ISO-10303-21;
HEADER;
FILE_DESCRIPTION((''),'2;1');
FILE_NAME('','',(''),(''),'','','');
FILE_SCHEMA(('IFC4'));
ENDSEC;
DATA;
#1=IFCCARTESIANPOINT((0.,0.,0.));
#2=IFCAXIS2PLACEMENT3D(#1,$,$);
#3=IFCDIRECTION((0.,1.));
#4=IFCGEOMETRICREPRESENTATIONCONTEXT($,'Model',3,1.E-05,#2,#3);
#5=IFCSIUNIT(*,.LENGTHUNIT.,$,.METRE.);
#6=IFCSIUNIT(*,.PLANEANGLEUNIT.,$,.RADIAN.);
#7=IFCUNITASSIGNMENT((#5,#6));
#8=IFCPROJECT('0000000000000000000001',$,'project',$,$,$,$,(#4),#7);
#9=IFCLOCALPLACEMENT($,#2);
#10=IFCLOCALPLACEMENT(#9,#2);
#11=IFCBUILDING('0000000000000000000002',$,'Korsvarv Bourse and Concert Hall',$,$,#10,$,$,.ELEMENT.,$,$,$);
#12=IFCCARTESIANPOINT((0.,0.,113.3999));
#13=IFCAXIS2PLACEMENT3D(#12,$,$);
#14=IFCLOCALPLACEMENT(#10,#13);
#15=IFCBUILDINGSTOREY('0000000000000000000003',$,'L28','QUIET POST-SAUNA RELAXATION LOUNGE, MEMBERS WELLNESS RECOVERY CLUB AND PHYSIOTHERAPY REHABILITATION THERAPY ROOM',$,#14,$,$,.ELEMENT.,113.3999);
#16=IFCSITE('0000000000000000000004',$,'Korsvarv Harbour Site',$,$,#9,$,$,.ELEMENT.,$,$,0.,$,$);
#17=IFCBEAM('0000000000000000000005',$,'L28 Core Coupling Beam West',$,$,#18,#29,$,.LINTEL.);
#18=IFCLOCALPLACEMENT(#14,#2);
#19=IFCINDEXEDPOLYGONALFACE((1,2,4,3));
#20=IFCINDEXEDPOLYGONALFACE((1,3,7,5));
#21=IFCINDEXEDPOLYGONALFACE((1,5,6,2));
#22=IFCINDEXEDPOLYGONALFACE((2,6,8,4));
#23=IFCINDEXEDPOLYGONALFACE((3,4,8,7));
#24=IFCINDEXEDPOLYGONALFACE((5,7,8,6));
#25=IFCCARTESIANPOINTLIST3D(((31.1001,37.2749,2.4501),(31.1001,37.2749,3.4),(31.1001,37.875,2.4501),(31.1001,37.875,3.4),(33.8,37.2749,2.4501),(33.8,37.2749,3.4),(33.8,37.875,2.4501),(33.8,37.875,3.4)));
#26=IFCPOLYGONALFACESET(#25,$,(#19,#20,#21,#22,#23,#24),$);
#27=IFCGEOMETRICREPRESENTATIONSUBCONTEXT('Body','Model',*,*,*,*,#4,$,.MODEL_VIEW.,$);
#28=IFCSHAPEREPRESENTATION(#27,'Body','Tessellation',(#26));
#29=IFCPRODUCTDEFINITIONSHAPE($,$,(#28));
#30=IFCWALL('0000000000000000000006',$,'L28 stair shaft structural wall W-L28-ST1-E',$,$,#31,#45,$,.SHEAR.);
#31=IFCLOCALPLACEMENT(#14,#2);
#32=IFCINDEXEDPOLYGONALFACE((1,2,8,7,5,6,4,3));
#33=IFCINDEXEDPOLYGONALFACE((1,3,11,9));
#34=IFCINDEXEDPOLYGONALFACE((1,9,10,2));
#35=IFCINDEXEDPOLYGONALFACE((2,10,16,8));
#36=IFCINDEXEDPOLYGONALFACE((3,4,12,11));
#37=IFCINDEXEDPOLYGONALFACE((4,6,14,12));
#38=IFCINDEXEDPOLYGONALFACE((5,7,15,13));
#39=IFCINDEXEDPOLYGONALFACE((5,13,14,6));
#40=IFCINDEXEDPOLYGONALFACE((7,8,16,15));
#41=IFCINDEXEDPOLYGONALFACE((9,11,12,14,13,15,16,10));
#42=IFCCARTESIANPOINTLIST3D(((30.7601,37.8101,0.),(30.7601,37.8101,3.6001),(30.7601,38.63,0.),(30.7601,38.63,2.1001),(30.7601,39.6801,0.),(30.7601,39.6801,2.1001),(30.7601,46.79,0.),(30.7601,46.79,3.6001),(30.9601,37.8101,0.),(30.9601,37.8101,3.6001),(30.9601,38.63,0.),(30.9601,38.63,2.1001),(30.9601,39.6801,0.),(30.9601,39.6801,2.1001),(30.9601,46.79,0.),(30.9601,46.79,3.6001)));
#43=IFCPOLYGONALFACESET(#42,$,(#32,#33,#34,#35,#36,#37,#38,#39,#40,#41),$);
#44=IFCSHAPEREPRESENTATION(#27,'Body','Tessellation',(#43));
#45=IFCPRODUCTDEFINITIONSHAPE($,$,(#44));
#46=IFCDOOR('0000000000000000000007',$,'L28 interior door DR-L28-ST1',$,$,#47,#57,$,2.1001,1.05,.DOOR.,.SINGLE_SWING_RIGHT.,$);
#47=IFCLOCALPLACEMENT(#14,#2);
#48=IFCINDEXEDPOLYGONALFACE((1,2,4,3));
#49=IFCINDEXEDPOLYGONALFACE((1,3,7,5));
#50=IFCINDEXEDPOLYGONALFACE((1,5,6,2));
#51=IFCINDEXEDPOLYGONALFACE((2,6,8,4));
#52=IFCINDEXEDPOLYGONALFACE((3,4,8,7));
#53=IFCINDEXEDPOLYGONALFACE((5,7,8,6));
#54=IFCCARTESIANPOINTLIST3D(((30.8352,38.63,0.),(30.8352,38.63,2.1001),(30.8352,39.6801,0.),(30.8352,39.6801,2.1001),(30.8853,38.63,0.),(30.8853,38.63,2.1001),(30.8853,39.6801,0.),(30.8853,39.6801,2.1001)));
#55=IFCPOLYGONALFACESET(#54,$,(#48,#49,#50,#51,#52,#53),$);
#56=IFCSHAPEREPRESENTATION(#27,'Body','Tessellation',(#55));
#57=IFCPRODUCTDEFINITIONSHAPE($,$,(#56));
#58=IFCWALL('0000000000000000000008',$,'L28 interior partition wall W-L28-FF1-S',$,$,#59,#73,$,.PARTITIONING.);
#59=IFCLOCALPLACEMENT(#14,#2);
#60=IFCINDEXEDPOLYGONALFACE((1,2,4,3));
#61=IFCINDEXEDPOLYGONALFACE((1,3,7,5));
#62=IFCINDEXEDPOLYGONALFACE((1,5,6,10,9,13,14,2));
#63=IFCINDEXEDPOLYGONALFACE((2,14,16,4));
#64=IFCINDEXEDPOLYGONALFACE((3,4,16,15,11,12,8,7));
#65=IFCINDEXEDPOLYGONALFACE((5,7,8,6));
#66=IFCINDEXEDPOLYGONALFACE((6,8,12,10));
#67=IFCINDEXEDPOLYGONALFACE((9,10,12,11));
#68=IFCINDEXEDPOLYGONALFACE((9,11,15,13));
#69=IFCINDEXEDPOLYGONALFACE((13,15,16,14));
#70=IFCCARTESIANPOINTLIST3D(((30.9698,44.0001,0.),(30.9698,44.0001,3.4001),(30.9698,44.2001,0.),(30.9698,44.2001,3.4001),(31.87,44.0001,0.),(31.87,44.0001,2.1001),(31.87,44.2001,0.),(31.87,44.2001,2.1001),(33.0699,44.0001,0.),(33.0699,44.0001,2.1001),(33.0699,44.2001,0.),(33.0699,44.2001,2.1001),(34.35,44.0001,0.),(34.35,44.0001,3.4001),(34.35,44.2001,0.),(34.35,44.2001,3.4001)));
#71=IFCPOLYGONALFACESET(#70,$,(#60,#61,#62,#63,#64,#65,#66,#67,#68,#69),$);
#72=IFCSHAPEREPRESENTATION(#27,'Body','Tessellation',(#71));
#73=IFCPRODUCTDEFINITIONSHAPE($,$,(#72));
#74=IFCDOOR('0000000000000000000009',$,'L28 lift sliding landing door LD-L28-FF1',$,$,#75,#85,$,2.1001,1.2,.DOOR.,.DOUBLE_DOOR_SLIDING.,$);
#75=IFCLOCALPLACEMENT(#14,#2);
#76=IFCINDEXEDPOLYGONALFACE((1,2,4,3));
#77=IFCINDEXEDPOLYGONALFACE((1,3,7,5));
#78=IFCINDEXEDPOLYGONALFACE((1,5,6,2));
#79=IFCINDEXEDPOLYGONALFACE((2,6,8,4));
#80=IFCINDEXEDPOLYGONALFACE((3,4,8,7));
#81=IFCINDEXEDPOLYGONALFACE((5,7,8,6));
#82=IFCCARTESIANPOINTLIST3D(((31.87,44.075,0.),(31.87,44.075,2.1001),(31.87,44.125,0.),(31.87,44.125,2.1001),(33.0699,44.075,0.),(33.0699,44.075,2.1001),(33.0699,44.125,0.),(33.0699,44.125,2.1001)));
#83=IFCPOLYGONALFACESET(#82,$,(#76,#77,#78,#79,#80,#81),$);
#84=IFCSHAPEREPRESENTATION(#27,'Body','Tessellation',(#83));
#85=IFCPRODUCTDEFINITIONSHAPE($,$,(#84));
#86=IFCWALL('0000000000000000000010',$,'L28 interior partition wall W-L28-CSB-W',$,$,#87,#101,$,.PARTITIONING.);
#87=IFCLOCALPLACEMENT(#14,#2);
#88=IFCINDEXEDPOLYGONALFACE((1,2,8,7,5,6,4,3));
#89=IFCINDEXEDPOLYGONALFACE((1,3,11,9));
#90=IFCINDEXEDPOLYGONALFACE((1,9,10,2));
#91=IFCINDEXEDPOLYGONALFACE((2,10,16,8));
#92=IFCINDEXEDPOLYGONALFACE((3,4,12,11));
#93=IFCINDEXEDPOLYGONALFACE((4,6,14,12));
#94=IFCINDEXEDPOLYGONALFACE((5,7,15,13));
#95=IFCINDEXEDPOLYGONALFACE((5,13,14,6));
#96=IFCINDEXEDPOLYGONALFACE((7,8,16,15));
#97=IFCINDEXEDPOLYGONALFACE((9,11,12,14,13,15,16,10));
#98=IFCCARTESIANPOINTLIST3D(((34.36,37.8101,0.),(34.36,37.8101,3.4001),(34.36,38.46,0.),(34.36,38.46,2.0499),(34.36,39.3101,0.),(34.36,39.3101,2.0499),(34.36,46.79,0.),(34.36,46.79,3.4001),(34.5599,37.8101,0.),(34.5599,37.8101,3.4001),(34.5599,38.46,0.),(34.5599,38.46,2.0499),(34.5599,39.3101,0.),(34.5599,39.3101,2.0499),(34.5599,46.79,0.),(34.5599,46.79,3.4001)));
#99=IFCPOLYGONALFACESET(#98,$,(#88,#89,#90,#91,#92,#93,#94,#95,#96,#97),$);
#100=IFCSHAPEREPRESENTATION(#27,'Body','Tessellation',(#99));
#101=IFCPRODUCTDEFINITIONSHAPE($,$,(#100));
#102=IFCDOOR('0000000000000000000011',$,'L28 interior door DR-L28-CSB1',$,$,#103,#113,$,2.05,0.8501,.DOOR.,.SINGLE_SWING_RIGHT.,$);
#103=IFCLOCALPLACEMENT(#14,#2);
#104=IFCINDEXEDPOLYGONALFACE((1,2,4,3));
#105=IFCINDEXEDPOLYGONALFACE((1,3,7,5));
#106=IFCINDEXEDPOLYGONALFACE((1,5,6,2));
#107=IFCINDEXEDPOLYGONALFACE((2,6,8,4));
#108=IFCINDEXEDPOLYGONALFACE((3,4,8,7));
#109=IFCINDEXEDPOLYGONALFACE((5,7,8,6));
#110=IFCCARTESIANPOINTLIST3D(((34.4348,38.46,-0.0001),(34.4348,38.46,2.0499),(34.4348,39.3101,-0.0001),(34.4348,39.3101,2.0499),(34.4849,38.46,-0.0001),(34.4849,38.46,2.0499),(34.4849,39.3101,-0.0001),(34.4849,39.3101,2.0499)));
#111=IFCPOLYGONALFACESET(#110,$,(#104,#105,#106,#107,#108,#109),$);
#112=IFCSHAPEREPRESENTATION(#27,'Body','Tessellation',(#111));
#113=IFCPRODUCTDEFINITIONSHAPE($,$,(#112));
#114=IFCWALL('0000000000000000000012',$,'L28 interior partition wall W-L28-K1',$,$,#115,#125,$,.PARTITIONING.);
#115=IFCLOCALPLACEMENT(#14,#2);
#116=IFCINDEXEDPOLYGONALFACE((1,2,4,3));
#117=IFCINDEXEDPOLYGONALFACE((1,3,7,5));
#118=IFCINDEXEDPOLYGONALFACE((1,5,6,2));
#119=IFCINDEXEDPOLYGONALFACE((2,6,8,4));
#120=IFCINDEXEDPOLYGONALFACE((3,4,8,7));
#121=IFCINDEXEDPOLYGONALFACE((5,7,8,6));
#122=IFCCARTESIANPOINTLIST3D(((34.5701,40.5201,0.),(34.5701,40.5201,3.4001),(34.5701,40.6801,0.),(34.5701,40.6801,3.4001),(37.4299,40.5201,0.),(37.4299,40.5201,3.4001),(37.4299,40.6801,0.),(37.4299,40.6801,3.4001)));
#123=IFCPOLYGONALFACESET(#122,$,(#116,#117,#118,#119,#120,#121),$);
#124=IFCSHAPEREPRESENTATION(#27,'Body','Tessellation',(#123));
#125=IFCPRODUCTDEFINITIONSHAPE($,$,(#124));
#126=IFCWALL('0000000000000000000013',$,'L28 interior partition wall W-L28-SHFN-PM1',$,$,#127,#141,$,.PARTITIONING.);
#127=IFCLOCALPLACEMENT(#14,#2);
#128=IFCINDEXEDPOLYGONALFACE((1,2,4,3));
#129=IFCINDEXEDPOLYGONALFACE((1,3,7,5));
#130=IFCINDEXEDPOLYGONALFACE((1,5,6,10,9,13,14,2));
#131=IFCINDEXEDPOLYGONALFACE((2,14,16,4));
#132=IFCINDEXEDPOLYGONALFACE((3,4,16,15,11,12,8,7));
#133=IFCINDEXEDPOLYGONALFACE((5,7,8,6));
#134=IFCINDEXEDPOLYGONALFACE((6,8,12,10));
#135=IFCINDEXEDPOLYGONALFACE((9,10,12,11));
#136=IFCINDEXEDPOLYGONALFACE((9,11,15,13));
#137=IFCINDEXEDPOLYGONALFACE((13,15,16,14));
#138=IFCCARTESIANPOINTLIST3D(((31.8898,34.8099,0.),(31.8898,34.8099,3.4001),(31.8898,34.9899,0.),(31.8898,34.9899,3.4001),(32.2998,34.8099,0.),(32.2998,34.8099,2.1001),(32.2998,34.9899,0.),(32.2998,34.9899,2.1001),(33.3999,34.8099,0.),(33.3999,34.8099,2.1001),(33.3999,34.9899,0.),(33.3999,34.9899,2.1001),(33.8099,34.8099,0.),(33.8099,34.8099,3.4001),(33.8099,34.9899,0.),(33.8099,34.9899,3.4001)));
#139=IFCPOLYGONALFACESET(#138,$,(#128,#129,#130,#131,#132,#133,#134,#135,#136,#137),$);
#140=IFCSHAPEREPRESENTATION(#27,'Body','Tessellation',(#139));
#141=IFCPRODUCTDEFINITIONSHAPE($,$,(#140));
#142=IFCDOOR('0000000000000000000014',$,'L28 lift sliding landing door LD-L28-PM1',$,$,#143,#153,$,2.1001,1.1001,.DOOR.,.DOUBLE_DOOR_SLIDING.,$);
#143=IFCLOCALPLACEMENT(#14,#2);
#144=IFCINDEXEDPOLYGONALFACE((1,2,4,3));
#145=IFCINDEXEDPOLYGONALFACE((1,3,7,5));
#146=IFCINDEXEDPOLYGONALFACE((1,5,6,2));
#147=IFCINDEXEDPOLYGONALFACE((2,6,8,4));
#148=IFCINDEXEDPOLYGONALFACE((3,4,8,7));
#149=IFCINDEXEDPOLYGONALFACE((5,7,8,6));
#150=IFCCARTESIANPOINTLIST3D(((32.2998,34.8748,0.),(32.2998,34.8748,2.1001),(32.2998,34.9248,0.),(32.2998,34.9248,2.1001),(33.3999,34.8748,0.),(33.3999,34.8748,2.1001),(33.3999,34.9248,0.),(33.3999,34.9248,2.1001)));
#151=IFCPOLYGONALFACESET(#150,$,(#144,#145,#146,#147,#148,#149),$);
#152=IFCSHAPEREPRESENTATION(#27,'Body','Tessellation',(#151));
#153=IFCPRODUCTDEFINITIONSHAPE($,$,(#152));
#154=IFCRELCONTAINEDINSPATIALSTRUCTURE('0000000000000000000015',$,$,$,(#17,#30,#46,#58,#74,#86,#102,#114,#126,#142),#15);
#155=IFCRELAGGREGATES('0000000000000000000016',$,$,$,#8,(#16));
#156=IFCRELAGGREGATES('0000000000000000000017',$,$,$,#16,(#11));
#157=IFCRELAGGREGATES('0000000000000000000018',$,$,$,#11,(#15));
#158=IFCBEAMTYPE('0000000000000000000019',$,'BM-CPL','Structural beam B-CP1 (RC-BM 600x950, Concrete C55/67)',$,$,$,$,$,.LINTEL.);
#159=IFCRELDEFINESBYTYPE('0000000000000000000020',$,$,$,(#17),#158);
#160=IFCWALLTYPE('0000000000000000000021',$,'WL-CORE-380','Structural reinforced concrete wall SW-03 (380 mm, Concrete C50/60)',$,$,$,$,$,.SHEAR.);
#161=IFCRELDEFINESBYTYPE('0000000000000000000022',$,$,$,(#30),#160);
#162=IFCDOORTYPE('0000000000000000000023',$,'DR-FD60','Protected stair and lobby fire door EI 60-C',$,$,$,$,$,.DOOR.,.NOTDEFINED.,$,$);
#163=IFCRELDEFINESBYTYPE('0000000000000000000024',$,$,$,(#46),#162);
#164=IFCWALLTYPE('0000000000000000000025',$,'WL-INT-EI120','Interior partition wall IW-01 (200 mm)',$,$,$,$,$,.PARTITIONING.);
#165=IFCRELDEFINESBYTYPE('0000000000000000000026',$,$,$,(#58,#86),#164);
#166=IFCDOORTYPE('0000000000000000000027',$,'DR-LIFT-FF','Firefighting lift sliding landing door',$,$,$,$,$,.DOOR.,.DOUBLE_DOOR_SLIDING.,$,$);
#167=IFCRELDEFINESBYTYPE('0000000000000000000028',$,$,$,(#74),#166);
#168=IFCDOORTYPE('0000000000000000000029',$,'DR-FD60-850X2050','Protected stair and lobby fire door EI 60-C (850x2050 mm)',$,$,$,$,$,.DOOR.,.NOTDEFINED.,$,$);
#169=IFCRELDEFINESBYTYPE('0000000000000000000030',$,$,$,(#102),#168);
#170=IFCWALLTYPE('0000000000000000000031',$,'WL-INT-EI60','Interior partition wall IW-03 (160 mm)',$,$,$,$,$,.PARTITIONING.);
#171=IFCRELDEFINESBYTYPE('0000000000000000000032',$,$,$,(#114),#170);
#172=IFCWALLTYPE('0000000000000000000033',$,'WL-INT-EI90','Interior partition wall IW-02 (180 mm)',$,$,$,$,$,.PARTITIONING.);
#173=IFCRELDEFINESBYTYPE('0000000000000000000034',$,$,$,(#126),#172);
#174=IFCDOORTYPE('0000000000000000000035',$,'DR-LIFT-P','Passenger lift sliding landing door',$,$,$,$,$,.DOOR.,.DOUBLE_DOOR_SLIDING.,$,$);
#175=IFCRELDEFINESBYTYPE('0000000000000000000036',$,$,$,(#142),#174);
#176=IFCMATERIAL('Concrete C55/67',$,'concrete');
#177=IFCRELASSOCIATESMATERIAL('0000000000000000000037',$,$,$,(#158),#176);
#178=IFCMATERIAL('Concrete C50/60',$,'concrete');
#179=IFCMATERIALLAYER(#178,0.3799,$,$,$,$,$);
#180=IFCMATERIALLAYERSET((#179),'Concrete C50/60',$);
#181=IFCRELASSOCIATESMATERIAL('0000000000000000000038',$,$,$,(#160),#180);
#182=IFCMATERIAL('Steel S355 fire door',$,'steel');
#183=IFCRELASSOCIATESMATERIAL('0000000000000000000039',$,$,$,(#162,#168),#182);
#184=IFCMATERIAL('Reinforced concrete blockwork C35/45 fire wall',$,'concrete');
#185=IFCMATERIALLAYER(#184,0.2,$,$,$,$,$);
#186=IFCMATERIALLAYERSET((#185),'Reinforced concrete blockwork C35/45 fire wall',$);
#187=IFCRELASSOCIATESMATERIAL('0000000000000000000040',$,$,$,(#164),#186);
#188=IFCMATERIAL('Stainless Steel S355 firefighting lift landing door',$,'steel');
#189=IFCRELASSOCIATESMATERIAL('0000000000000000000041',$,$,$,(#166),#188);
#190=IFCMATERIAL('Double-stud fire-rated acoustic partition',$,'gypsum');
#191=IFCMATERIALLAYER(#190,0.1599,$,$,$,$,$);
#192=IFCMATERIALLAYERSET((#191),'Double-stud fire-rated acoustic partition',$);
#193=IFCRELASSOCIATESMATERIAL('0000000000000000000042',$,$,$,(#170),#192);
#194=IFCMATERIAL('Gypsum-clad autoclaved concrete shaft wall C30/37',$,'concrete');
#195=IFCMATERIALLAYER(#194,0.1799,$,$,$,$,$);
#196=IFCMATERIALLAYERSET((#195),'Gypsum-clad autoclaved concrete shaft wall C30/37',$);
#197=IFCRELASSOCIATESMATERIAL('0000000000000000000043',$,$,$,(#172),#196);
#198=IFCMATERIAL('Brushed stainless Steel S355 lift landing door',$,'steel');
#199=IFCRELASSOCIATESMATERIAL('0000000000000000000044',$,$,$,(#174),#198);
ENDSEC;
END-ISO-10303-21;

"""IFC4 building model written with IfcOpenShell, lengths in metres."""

from ifc_helpers import new_model, si_unit, direction, frame, frame_2d, origin, origin_2d, place, context, subcontext, project, spatial, rectangle, extrude, source, transform, mapped, material, layer, layer_set, material_profile, profile_set, type_object, element, fill, save


model = new_model("IFC4")

# Units and contexts
model_context = context("Model", 3, precision=1e-05, world=origin(), true_north=direction((0.0, 1.0)))
body_context = subcontext(model_context, "Body", "Model", "MODEL_VIEW")
ifc_project = project(units=[si_unit("LENGTHUNIT", "METRE"), si_unit("PLANEANGLEUNIT", "RADIAN")], contexts=[model_context])

# Site, building, storey
site_placement = place(None, origin())
site = spatial("IfcSite", under=ifc_project, at=site_placement, Name="Korsvarv Harbour Site", CompositionType="ELEMENT", RefElevation=0.0)
building_placement = place(site_placement, origin())
building = spatial("IfcBuilding", under=site, at=building_placement, Name="Korsvarv Bourse and Concert Hall", CompositionType="ELEMENT")
storey_placement = place(building_placement, frame((0.0, 0.0, 113.3999)))
storey = spatial("IfcBuildingStorey", under=building, at=storey_placement, Name="L28", Description="QUIET POST-SAUNA RELAXATION LOUNGE, MEMBERS WELLNESS RECOVERY CLUB AND PHYSIOTHERAPY REHABILITATION THERAPY ROOM", CompositionType="ELEMENT", Elevation=113.3999)

# Beam
ifc_material_1 = material(Name="Concrete C55/67", Category="concrete")
ifc_material_profile = material_profile(ifc_material_1, rectangle(XDim=0.6001, YDim=0.95, at=origin_2d()), Name="RC-BM 600x950")
ifc_profile_set = profile_set([ifc_material_profile], Name="Concrete C55/67")
beam_type = type_object("IfcBeamType", Name="BM-CPL", Description="Structural beam B-CP1 (RC-BM 600x950, Concrete C55/67)", PredefinedType="LINTEL", material=ifc_profile_set)
shared_shape = source(origin(), body_context, "Body", "SweptSolid", [
    extrude(rectangle(XDim=0.6001, YDim=0.95, at=origin_2d()), origin(), (0.0, 0.0, 1.0), 2.7),
])
beam_placement = place(storey_placement, frame((31.1001, 37.575, 2.925), z_axis=(1.0, 0.0, 0.0), x_axis=(0.0, 1.0, 0.0)))
element("IfcBeam", 1, at=beam_placement, inside=storey, type_object=beam_type, Name="L28 Core Coupling Beam West", PredefinedType="LINTEL", context=body_context, shape_type="MappedRepresentation", body=[
    mapped(shared_shape, transform((0.0, 0.0, 0.0), scale=1.0)),
])

# Walls, openings, doors
ifc_material_2 = material(Name="Concrete C50/60", Category="concrete")
ifc_layer_1 = layer(ifc_material_2, 0.3799)
ifc_layer_set_1 = layer_set([ifc_layer_1], Name="Concrete C50/60")
wall_type_1 = type_object("IfcWallType", Name="WL-CORE-380", Description="Structural reinforced concrete wall SW-03 (380 mm, Concrete C50/60)", PredefinedType="SHEAR", material=ifc_layer_set_1)
wall_1_placement = place(storey_placement, frame((30.8601, 37.8101, 0.0), z_axis=(0.0, 0.0, 1.0), x_axis=(0.0, 1.0, 0.0)))
wall_1 = element("IfcWall", 2, at=wall_1_placement, inside=storey, type_object=wall_type_1, Name="L28 stair shaft structural wall W-L28-ST1-E", PredefinedType="SHEAR", context=body_context, shape_type="SweptSolid", body=[
    extrude(rectangle(XDim=8.98, YDim=0.2, at=frame_2d((4.49, 0.0))), origin(), (0.0, 0.0, 1.0), 3.6001),
])
opening_1_placement = place(wall_1_placement, frame((0.8201, 0.0, 0.0)))
opening_1 = element("IfcOpeningElement", 3, at=opening_1_placement, cuts=wall_1, PredefinedType="OPENING", context=body_context, shape_type="SweptSolid", body=[
    extrude(rectangle(XDim=1.05, YDim=2.1001, at=frame_2d((0.5249, 1.05))), frame((0.0, 0.1099, 0.0), z_axis=(0.0, -1.0, 0.0), x_axis=(1.0, 0.0, 0.0)), (0.0, 0.0, 1.0), 0.22),
])
ifc_material_3 = material(Name="Steel S355 fire door", Category="steel")
door_type_1 = type_object("IfcDoorType", Name="DR-FD60", Description="Protected stair and lobby fire door EI 60-C", OperationType="NOTDEFINED", PredefinedType="DOOR", material=ifc_material_3)
door_1_placement = place(opening_1_placement, origin())
door_1 = element("IfcDoor", 4, at=door_1_placement, inside=storey, type_object=door_type_1, Name="L28 interior door DR-L28-ST1", OperationType="SINGLE_SWING_RIGHT", OverallHeight=2.1001, OverallWidth=1.05, PredefinedType="DOOR", context=body_context, shape_type="SweptSolid", body=[
    extrude(rectangle(XDim=1.05, YDim=2.1001, at=frame_2d((0.5249, 1.05))), frame((0.0, 0.0249, 0.0), z_axis=(0.0, -1.0, 0.0), x_axis=(1.0, 0.0, 0.0)), (0.0, 0.0, 1.0), 0.05),
])
fill(opening_1, door_1)
ifc_material_4 = material(Name="Reinforced concrete blockwork C35/45 fire wall", Category="concrete")
ifc_layer_2 = layer(ifc_material_4, 0.2)
ifc_layer_set_2 = layer_set([ifc_layer_2], Name="Reinforced concrete blockwork C35/45 fire wall")
wall_type_2 = type_object("IfcWallType", Name="WL-INT-EI120", Description="Interior partition wall IW-01 (200 mm)", PredefinedType="PARTITIONING", material=ifc_layer_set_2)
wall_2_placement = place(storey_placement, frame((30.97, 44.1001, 0.0), z_axis=(0.0, 0.0, 1.0), x_axis=(1.0, 0.0, 0.0)))
wall_2 = element("IfcWall", 5, at=wall_2_placement, inside=storey, type_object=wall_type_2, Name="L28 interior partition wall W-L28-FF1-S", PredefinedType="PARTITIONING", context=body_context, shape_type="SweptSolid", body=[
    extrude(rectangle(XDim=3.3801, YDim=0.2, at=frame_2d((1.6899, 0.0))), origin(), (0.0, 0.0, 1.0), 3.4001),
])
opening_2_placement = place(wall_2_placement, frame((0.8999, 0.0, 0.0)))
opening_2 = element("IfcOpeningElement", 6, at=opening_2_placement, cuts=wall_2, PredefinedType="OPENING", context=body_context, shape_type="SweptSolid", body=[
    extrude(rectangle(XDim=1.2, YDim=2.1001, at=frame_2d((0.6001, 1.05))), frame((0.0, 0.1099, 0.0), z_axis=(0.0, -1.0, 0.0), x_axis=(1.0, 0.0, 0.0)), (0.0, 0.0, 1.0), 0.22),
])
ifc_material_5 = material(Name="Stainless Steel S355 firefighting lift landing door", Category="steel")
door_type_2 = type_object("IfcDoorType", Name="DR-LIFT-FF", Description="Firefighting lift sliding landing door", OperationType="DOUBLE_DOOR_SLIDING", PredefinedType="DOOR", material=ifc_material_5)
door_2_placement = place(opening_2_placement, origin())
door_2 = element("IfcDoor", 7, at=door_2_placement, inside=storey, type_object=door_type_2, Name="L28 lift sliding landing door LD-L28-FF1", OperationType="DOUBLE_DOOR_SLIDING", OverallHeight=2.1001, OverallWidth=1.2, PredefinedType="DOOR", context=body_context, shape_type="SweptSolid", body=[
    extrude(rectangle(XDim=1.2, YDim=2.1001, at=frame_2d((0.6001, 1.05))), frame((0.0, 0.0249, 0.0), z_axis=(0.0, -1.0, 0.0), x_axis=(1.0, 0.0, 0.0)), (0.0, 0.0, 1.0), 0.05),
])
fill(opening_2, door_2)
wall_3_placement = place(storey_placement, frame((34.46, 37.8101, 0.0), z_axis=(0.0, 0.0, 1.0), x_axis=(0.0, 1.0, 0.0)))
wall_3 = element("IfcWall", 8, at=wall_3_placement, inside=storey, type_object=wall_type_2, Name="L28 interior partition wall W-L28-CSB-W", PredefinedType="PARTITIONING", context=body_context, shape_type="SweptSolid", body=[
    extrude(rectangle(XDim=8.98, YDim=0.2, at=frame_2d((4.49, 0.0))), origin(), (0.0, 0.0, 1.0), 3.4001),
])
opening_3_placement = place(wall_3_placement, frame((0.6499, 0.0, 0.0)))
opening_3 = element("IfcOpeningElement", 9, at=opening_3_placement, cuts=wall_3, PredefinedType="OPENING", context=body_context, shape_type="SweptSolid", body=[
    extrude(rectangle(XDim=0.8501, YDim=2.05, at=frame_2d((0.425, 1.0249))), frame((0.0, 0.1099, 0.0), z_axis=(0.0, -1.0, 0.0), x_axis=(1.0, 0.0, 0.0)), (0.0, 0.0, 1.0), 0.22),
])
door_type_3 = type_object("IfcDoorType", Name="DR-FD60-850X2050", Description="Protected stair and lobby fire door EI 60-C (850x2050 mm)", OperationType="NOTDEFINED", PredefinedType="DOOR", material=ifc_material_3)
door_3_placement = place(opening_3_placement, frame((0.8501, 0.0, 0.0), z_axis=(0.0, 0.0, 1.0), x_axis=(-1.0, 0.0, 0.0)))
door_3 = element("IfcDoor", 10, at=door_3_placement, inside=storey, type_object=door_type_3, Name="L28 interior door DR-L28-CSB1", OperationType="SINGLE_SWING_RIGHT", OverallHeight=2.05, OverallWidth=0.8501, PredefinedType="DOOR", context=body_context, shape_type="SweptSolid", body=[
    extrude(rectangle(XDim=0.8501, YDim=2.05, at=frame_2d((0.425, 1.0249))), frame((0.0, 0.0249, 0.0), z_axis=(0.0, -1.0, 0.0), x_axis=(1.0, 0.0, 0.0)), (0.0, 0.0, 1.0), 0.05),
])
fill(opening_3, door_3)

# Wall
ifc_material_6 = material(Name="Double-stud fire-rated acoustic partition", Category="gypsum")
ifc_layer_3 = layer(ifc_material_6, 0.1599)
ifc_layer_set_3 = layer_set([ifc_layer_3], Name="Double-stud fire-rated acoustic partition")
wall_type_3 = type_object("IfcWallType", Name="WL-INT-EI60", Description="Interior partition wall IW-03 (160 mm)", PredefinedType="PARTITIONING", material=ifc_layer_set_3)
wall_4_placement = place(storey_placement, frame((34.5701, 40.6001, 0.0), z_axis=(0.0, 0.0, 1.0), x_axis=(1.0, 0.0, 0.0)))
element("IfcWall", 11, at=wall_4_placement, inside=storey, type_object=wall_type_3, Name="L28 interior partition wall W-L28-K1", PredefinedType="PARTITIONING", context=body_context, shape_type="SweptSolid", body=[
    extrude(rectangle(XDim=2.8599, YDim=0.1599, at=frame_2d((1.4299, 0.0))), origin(), (0.0, 0.0, 1.0), 3.4001),
])

# Wall, opening, door
ifc_material_7 = material(Name="Gypsum-clad autoclaved concrete shaft wall C30/37", Category="concrete")
ifc_layer_4 = layer(ifc_material_7, 0.1799)
ifc_layer_set_4 = layer_set([ifc_layer_4], Name="Gypsum-clad autoclaved concrete shaft wall C30/37")
wall_type_4 = type_object("IfcWallType", Name="WL-INT-EI90", Description="Interior partition wall IW-02 (180 mm)", PredefinedType="PARTITIONING", material=ifc_layer_set_4)
wall_5_placement = place(storey_placement, frame((31.8899, 34.8999, 0.0), z_axis=(0.0, 0.0, 1.0), x_axis=(1.0, 0.0, 0.0)))
wall_5 = element("IfcWall", 12, at=wall_5_placement, inside=storey, type_object=wall_type_4, Name="L28 interior partition wall W-L28-SHFN-PM1", PredefinedType="PARTITIONING", context=body_context, shape_type="SweptSolid", body=[
    extrude(rectangle(XDim=1.9202, YDim=0.1799, at=frame_2d((0.96, 0.0))), origin(), (0.0, 0.0, 1.0), 3.4001),
])
opening_4_placement = place(wall_5_placement, frame((0.4099, 0.0, 0.0)))
opening_4 = element("IfcOpeningElement", 13, at=opening_4_placement, cuts=wall_5, PredefinedType="OPENING", context=body_context, shape_type="SweptSolid", body=[
    extrude(rectangle(XDim=1.1001, YDim=2.1001, at=frame_2d((0.55, 1.05))), frame((0.0, 0.1001, 0.0), z_axis=(0.0, -1.0, 0.0), x_axis=(1.0, 0.0, 0.0)), (0.0, 0.0, 1.0), 0.2),
])
ifc_material_8 = material(Name="Brushed stainless Steel S355 lift landing door", Category="steel")
door_type_4 = type_object("IfcDoorType", Name="DR-LIFT-P", Description="Passenger lift sliding landing door", OperationType="DOUBLE_DOOR_SLIDING", PredefinedType="DOOR", material=ifc_material_8)
door_4_placement = place(opening_4_placement, origin())
door_4 = element("IfcDoor", 14, at=door_4_placement, inside=storey, type_object=door_type_4, Name="L28 lift sliding landing door LD-L28-PM1", OperationType="DOUBLE_DOOR_SLIDING", OverallHeight=2.1001, OverallWidth=1.1001, PredefinedType="DOOR", context=body_context, shape_type="SweptSolid", body=[
    extrude(rectangle(XDim=1.1001, YDim=2.1001, at=frame_2d((0.55, 1.05))), frame((0.0, 0.0249, 0.0), z_axis=(0.0, -1.0, 0.0), x_axis=(1.0, 0.0, 0.0)), (0.0, 0.0, 1.0), 0.05),
])
fill(opening_4, door_4)

save(model, "model.ifc")
